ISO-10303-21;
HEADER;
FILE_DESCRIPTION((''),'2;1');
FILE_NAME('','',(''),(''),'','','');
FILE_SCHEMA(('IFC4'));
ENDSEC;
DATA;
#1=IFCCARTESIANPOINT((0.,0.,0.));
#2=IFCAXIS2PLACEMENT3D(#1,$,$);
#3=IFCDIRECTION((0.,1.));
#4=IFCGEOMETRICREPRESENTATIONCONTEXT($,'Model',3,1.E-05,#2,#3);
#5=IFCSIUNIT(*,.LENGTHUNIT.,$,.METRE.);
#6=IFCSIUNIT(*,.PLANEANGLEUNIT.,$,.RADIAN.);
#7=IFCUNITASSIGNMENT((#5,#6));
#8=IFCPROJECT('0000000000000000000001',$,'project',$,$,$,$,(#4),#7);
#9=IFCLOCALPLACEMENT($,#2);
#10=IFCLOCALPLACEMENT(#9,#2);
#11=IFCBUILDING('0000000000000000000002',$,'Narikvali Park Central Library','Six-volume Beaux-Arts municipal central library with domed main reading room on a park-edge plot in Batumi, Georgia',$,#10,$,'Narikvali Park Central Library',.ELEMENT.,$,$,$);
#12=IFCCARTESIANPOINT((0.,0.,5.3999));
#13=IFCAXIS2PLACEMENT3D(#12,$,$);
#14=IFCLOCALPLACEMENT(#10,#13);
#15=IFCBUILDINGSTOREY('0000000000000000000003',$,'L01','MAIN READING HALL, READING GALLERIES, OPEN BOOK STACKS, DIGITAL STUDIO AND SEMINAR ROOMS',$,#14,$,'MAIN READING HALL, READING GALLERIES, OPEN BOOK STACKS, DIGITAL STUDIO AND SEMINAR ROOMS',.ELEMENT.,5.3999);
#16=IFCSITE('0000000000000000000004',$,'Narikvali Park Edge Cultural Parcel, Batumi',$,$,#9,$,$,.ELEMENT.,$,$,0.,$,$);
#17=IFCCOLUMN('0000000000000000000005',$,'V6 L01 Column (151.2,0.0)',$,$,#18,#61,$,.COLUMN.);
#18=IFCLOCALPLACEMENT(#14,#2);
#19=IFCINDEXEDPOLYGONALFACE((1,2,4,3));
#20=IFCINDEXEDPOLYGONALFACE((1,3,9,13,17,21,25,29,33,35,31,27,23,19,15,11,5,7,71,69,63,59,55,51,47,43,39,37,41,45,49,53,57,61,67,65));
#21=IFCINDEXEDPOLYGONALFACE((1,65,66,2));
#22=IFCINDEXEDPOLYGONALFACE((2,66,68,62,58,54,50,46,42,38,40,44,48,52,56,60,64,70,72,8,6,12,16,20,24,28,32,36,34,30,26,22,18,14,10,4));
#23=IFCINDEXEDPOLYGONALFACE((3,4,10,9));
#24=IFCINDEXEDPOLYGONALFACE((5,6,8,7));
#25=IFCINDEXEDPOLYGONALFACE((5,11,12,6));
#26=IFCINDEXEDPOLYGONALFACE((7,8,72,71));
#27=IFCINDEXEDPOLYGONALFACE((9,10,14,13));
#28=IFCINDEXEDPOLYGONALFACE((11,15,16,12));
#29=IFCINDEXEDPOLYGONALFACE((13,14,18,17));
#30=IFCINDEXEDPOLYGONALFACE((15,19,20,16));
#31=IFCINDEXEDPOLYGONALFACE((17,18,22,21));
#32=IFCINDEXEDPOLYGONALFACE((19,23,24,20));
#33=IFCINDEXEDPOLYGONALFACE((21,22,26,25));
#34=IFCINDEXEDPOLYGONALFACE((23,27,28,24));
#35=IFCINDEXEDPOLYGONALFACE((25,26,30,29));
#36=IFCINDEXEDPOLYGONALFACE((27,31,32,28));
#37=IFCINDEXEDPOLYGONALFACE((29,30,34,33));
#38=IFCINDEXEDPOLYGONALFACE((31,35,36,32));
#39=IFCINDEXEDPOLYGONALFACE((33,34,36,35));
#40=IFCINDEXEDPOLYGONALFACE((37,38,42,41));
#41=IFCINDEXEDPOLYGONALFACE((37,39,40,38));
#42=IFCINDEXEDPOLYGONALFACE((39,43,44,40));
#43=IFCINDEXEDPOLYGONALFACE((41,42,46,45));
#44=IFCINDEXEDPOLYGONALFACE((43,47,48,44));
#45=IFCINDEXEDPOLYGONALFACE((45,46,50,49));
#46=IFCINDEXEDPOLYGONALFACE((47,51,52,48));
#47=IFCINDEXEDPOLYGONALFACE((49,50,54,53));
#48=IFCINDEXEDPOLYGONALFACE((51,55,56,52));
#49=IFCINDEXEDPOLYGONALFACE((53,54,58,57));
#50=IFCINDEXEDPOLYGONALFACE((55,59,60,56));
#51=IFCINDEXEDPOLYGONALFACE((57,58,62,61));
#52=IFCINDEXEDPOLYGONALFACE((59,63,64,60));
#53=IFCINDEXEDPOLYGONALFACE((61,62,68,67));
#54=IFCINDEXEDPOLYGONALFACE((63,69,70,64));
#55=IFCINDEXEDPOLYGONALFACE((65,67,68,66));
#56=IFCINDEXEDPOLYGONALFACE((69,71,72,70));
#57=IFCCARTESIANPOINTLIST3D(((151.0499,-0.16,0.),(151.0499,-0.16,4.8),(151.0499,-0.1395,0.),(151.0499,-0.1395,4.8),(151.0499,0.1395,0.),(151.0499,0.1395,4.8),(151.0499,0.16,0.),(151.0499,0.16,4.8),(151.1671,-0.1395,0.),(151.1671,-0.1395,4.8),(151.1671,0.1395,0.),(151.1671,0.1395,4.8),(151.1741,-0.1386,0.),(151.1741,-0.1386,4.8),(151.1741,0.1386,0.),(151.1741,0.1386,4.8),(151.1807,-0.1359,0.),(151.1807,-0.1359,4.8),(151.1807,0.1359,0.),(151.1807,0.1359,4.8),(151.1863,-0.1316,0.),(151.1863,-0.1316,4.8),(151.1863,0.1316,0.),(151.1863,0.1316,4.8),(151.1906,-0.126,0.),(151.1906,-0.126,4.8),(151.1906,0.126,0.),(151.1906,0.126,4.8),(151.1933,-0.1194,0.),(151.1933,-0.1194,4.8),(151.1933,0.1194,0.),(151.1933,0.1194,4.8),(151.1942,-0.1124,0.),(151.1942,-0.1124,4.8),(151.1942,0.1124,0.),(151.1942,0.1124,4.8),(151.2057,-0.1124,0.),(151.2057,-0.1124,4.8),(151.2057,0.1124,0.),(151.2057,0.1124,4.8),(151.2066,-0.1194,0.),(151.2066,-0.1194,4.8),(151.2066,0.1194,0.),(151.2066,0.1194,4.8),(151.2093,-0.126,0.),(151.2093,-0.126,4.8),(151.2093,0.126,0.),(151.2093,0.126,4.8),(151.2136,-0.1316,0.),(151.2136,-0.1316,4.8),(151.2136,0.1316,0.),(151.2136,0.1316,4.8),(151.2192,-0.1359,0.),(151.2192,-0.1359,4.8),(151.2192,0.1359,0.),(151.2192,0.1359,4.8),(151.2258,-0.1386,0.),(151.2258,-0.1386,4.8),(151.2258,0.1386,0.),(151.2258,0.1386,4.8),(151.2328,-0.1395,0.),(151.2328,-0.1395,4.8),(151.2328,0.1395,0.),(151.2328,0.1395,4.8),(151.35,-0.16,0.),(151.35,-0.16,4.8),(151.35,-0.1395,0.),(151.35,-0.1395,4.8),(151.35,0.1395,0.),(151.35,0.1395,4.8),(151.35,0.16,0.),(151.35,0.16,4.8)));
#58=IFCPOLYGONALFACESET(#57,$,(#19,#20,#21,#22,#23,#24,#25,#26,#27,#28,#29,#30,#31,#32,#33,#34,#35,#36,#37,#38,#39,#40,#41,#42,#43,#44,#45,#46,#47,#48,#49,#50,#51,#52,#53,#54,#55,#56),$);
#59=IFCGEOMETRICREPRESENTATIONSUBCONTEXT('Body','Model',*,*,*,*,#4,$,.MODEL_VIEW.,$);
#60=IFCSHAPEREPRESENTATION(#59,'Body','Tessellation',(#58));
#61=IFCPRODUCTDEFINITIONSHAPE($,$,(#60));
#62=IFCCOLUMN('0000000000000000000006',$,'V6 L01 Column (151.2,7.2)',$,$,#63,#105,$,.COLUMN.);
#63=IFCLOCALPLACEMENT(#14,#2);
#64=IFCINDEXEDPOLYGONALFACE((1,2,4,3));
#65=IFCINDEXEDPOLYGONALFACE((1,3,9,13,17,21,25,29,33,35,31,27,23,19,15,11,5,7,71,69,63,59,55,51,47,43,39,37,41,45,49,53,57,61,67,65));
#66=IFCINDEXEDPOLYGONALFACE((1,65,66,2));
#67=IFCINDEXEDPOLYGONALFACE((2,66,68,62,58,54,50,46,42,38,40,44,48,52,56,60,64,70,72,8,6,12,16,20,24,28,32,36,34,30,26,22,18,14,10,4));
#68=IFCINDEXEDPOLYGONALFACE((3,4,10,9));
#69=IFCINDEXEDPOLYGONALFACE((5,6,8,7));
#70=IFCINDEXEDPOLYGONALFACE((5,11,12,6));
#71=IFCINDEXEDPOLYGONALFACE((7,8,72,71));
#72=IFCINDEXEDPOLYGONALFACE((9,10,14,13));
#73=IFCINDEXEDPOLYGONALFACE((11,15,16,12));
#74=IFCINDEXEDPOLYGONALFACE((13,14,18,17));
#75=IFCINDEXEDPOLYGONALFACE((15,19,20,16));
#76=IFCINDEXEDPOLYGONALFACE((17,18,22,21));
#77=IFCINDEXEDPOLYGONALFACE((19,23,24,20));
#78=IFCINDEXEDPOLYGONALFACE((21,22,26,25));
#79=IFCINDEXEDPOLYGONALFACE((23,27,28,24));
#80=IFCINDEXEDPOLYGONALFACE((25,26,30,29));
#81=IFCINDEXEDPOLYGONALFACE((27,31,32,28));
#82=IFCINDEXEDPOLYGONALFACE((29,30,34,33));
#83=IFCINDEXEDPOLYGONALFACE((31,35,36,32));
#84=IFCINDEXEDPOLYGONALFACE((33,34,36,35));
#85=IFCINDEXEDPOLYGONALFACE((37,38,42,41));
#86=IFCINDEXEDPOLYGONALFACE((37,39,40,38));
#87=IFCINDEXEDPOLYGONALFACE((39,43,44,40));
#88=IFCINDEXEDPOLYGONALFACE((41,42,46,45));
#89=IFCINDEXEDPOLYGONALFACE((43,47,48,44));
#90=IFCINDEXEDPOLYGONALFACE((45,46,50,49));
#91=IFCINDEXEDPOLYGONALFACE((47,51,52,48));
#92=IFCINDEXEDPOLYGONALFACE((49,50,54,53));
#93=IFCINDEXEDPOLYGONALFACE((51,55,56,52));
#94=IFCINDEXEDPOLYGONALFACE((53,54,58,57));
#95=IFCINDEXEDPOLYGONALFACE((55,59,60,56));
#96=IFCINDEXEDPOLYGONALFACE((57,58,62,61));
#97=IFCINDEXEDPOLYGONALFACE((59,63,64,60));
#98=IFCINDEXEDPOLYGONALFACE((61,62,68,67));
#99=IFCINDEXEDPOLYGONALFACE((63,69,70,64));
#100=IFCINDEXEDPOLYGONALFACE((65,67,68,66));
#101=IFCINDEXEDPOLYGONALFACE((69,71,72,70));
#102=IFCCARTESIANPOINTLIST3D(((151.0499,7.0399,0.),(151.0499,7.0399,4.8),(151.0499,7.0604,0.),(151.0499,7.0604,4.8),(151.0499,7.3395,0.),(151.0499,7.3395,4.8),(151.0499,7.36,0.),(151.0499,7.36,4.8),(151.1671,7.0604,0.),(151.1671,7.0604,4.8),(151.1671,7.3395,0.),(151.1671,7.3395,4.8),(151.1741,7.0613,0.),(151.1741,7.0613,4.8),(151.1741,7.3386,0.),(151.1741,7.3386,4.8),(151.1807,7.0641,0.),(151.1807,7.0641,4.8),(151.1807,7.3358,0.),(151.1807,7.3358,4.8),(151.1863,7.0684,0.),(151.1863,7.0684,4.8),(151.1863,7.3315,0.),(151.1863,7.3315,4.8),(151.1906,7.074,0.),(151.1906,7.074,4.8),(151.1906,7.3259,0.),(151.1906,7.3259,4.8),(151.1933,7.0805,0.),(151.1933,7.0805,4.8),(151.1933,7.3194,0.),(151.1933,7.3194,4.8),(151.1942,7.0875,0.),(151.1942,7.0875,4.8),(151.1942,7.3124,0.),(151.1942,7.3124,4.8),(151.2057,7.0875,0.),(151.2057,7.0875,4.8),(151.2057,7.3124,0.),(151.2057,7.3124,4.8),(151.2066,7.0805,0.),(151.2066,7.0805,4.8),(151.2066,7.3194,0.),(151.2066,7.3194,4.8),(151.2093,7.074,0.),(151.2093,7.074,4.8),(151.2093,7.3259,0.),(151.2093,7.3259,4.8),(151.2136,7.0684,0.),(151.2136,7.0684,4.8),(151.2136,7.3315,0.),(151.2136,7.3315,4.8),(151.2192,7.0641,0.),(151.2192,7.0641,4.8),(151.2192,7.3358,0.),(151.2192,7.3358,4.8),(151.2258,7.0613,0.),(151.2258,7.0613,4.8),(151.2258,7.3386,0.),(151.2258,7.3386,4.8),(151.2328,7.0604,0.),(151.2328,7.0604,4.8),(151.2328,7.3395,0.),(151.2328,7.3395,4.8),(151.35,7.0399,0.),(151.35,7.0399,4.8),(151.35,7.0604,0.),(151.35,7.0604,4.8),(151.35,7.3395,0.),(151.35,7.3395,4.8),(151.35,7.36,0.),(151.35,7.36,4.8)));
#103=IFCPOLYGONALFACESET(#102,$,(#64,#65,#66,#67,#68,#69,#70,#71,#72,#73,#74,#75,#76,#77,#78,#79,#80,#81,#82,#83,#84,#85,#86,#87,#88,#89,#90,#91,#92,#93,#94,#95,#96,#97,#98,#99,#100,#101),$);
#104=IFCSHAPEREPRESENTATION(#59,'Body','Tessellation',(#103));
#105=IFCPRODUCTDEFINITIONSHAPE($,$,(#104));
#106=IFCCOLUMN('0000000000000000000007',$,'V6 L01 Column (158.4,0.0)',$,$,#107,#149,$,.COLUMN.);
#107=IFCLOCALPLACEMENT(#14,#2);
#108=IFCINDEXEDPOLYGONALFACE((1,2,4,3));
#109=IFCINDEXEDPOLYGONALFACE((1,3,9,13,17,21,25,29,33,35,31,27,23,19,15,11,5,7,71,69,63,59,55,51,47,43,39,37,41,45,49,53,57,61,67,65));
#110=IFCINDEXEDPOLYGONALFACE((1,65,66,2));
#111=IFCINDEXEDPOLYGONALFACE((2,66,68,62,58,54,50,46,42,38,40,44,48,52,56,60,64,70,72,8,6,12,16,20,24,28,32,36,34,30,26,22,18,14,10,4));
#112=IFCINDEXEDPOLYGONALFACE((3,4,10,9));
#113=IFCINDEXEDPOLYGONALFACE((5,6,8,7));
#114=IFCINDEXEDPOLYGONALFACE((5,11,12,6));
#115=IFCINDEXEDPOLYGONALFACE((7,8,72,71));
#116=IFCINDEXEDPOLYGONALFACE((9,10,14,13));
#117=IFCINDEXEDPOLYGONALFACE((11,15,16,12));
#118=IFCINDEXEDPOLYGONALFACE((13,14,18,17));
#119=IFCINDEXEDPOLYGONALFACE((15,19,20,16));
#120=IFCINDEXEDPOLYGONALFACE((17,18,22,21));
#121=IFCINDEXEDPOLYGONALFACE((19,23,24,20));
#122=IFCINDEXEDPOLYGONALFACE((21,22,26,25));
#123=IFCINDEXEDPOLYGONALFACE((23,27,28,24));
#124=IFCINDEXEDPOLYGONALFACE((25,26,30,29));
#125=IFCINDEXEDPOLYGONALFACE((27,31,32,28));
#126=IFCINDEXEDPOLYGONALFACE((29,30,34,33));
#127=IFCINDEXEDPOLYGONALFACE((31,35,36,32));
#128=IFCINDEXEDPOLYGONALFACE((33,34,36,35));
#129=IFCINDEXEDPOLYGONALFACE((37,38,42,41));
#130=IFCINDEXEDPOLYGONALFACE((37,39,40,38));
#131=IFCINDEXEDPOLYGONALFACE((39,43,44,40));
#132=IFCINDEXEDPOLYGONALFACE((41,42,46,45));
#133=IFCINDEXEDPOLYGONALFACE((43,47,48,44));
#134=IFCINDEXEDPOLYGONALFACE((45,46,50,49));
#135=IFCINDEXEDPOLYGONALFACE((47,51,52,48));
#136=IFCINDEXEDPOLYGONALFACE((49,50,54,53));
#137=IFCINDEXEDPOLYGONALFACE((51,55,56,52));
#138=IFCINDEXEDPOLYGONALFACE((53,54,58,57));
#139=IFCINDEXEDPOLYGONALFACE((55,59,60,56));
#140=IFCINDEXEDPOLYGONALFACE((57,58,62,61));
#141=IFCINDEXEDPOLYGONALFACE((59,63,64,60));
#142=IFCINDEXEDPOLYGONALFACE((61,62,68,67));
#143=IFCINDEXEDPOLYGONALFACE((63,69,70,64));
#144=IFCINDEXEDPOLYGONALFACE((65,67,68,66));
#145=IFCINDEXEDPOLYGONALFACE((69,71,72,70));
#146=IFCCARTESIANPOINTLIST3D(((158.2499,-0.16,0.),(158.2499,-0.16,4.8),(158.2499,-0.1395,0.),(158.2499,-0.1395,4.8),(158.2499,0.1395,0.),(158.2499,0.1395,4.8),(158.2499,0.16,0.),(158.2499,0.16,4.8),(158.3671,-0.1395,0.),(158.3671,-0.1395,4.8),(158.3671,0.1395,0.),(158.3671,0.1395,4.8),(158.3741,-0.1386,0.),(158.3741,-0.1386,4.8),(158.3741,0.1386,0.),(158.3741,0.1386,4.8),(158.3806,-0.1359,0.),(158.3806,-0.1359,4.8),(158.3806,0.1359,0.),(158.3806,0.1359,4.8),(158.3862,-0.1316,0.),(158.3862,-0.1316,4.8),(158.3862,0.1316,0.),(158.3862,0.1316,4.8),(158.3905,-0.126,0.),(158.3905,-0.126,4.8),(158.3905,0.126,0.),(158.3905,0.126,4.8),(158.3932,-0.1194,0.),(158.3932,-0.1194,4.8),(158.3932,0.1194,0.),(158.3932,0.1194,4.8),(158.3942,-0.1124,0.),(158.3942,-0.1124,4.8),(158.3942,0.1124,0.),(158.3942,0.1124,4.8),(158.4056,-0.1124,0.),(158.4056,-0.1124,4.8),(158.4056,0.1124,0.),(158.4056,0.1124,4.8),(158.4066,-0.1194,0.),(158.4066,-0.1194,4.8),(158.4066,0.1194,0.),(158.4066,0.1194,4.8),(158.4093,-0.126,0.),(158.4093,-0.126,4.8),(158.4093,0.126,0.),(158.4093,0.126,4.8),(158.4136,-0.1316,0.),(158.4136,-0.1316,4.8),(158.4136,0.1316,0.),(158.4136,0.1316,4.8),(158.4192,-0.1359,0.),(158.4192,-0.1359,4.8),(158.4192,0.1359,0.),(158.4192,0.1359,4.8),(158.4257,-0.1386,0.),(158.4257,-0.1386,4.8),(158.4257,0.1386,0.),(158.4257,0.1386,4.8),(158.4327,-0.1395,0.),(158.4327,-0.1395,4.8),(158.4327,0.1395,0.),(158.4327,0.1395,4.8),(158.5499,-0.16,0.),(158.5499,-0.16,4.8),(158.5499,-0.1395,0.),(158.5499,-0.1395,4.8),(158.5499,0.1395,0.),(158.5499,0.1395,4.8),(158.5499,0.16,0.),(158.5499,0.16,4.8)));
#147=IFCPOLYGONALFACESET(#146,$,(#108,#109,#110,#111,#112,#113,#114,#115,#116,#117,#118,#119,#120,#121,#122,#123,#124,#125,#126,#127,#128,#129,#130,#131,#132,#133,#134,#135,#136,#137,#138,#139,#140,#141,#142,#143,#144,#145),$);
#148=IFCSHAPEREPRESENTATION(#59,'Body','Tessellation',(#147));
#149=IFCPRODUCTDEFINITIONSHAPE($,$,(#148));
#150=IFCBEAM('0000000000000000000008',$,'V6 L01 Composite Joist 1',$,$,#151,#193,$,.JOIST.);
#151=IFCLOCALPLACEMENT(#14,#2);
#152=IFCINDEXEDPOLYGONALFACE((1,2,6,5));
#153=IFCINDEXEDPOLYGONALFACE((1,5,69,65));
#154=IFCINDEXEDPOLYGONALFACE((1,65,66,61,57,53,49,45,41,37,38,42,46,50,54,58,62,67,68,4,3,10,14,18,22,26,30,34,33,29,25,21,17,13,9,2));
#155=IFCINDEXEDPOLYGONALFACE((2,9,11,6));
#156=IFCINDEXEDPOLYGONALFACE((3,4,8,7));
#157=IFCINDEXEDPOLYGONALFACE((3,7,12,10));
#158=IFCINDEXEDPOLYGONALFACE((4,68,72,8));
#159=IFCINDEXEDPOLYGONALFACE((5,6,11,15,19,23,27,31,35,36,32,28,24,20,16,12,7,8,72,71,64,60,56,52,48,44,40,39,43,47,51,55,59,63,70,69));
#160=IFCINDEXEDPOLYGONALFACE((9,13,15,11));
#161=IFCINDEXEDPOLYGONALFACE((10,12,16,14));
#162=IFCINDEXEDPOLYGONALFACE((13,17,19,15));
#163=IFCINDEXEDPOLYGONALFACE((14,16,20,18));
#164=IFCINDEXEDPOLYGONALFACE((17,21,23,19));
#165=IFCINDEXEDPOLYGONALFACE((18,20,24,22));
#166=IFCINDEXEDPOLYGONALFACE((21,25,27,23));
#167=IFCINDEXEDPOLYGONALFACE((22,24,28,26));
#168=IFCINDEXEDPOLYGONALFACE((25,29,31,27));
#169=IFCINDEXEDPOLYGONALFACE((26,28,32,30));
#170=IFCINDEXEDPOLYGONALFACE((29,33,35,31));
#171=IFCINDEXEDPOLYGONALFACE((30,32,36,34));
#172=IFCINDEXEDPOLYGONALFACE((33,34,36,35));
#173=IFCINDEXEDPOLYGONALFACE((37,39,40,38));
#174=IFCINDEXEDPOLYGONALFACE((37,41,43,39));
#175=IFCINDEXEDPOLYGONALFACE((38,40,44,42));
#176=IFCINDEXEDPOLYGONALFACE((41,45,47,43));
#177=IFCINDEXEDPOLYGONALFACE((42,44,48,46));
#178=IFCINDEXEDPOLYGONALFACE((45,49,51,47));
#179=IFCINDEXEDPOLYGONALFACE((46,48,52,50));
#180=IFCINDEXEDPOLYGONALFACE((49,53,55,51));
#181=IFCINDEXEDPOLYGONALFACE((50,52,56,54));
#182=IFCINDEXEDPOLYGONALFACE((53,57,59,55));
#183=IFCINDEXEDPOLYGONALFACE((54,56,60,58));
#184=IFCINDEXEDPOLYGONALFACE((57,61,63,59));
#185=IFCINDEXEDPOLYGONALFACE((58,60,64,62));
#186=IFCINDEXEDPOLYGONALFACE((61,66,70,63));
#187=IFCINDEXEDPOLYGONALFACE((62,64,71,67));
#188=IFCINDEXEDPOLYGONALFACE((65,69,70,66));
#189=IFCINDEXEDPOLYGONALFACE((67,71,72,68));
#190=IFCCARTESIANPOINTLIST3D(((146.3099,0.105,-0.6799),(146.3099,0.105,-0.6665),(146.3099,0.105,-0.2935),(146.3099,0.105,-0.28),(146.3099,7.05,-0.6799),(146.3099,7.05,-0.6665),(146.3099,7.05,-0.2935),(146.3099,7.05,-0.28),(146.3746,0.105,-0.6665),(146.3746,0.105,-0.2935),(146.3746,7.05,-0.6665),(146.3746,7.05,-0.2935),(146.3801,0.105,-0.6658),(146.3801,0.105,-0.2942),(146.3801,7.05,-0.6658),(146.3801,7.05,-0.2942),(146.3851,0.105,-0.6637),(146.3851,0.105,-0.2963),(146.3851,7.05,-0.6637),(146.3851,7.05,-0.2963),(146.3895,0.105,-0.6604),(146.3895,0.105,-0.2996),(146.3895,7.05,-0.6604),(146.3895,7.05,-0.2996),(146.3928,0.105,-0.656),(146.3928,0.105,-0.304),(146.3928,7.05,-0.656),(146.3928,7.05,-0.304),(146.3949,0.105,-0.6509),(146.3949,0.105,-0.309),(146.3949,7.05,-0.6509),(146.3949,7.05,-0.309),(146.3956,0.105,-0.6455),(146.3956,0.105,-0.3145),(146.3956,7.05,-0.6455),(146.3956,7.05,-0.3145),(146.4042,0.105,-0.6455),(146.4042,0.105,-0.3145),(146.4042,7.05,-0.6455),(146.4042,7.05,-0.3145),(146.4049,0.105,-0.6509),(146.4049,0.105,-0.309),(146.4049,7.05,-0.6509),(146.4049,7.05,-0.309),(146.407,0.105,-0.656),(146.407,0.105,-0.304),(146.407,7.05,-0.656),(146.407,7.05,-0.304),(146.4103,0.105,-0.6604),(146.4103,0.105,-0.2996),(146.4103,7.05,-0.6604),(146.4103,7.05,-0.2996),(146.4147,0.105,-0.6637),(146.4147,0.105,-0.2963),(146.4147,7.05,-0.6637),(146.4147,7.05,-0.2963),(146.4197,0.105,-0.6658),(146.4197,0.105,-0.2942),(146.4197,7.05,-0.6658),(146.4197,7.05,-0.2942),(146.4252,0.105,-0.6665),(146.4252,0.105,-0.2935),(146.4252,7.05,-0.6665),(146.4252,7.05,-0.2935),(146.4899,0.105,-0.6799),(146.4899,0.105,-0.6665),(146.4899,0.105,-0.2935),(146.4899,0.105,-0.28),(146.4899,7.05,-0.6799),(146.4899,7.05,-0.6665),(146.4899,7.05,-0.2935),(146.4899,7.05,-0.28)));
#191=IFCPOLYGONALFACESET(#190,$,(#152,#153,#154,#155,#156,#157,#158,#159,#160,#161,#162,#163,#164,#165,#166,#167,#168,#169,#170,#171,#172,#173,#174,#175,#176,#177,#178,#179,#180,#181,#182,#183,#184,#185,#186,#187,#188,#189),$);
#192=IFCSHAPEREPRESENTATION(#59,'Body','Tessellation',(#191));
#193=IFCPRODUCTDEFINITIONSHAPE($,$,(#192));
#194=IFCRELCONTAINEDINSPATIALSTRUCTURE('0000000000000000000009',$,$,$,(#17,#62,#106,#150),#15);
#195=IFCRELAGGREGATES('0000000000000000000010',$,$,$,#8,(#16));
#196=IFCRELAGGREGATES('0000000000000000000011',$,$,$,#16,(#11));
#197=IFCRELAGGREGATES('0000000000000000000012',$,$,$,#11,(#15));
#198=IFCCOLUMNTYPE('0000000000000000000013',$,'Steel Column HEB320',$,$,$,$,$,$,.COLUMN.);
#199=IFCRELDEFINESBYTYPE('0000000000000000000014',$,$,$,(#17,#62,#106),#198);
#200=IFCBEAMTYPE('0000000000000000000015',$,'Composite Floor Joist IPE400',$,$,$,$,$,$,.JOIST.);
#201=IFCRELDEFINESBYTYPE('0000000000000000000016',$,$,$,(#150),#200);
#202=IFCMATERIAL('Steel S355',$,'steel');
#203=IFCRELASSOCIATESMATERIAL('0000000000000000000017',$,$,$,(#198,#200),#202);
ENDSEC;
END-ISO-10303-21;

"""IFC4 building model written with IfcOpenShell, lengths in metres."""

from ifc_helpers import new_model, si_unit, direction, frame, origin, origin_2d, place, context, subcontext, project, spatial, i_section, extrude, material, material_profile, profile_set, type_object, element, save


model = new_model("IFC4")

# Units and contexts
model_context = context("Model", 3, precision=1e-05, world=origin(), true_north=direction((0.0, 1.0)))
body_context = subcontext(model_context, "Body", "Model", "MODEL_VIEW")
ifc_project = project(units=[si_unit("LENGTHUNIT", "METRE"), si_unit("PLANEANGLEUNIT", "RADIAN")], contexts=[model_context])

# Site, building, storey
site_placement = place(None, origin())
site = spatial("IfcSite", under=ifc_project, at=site_placement, Name="Narikvali Park Edge Cultural Parcel, Batumi", CompositionType="ELEMENT", RefElevation=0.0)
building_placement = place(site_placement, origin())
building = spatial("IfcBuilding", under=site, at=building_placement, Name="Narikvali Park Central Library", Description="Six-volume Beaux-Arts municipal central library with domed main reading room on a park-edge plot in Batumi, Georgia", LongName="Narikvali Park Central Library", CompositionType="ELEMENT")
storey_placement = place(building_placement, frame((0.0, 0.0, 5.3999)))
storey = spatial("IfcBuildingStorey", under=building, at=storey_placement, Name="L01", Description="MAIN READING HALL, READING GALLERIES, OPEN BOOK STACKS, DIGITAL STUDIO AND SEMINAR ROOMS", LongName="MAIN READING HALL, READING GALLERIES, OPEN BOOK STACKS, DIGITAL STUDIO AND SEMINAR ROOMS", CompositionType="ELEMENT", Elevation=5.3999)

# Columns
ifc_material_1 = material(Name="Steel S355", Category="steel")
ifc_material_profile_1 = material_profile(ifc_material_1, i_section(OverallWidth=0.3, OverallDepth=0.3201, WebThickness=0.0115, FlangeThickness=0.0205, FilletRadius=0.0271, at=origin_2d()), Name="HEB 320")
ifc_profile_set_1 = profile_set([ifc_material_profile_1], Name="Steel S355")
column_type = type_object("IfcColumnType", Name="Steel Column HEB320", PredefinedType="COLUMN", material=ifc_profile_set_1)
for number, where, z_axis, x_axis, name in (
    (1, (151.2, 0.0, 0.0), (0.0, 0.0, 1.0), (1.0, 0.0, 0.0), "V6 L01 Column (151.2,0.0)"),
    (2, (151.2, 7.2, 0.0), (0.0, 0.0, 1.0), (1.0, 0.0, 0.0), "V6 L01 Column (151.2,7.2)"),
    (3, (158.3999, 0.0, 0.0), (0.0, 0.0, 1.0), (1.0, 0.0, 0.0), "V6 L01 Column (158.4,0.0)"),
):
    element("IfcColumn", number, at=place(storey_placement, frame(where, z_axis=z_axis, x_axis=x_axis)), inside=storey, type_object=column_type, Name=name, PredefinedType="COLUMN", context=body_context, shape_type="SweptSolid", body=[
        extrude(i_section(OverallWidth=0.3, OverallDepth=0.3201, WebThickness=0.0115, FlangeThickness=0.0205, FilletRadius=0.0271, at=origin_2d()), origin(), (0.0, 0.0, 1.0), 4.8),
    ])

# Beam
ifc_material_profile_2 = material_profile(ifc_material_1, i_section(OverallWidth=0.1799, OverallDepth=0.3999, WebThickness=0.0085, FlangeThickness=0.0134, FilletRadius=0.021, at=origin_2d()), Name="IPE 400")
ifc_profile_set_2 = profile_set([ifc_material_profile_2], Name="Steel S355")
beam_type_1 = type_object("IfcBeamType", Name="Composite Floor Joist IPE400", PredefinedType="JOIST", material=ifc_profile_set_2)
for number, where, z_axis, x_axis, name in (
    (4, (146.3999, 0.105, -0.48), (0.0, 1.0, 0.0), (-1.0, 0.0, 0.0), "V6 L01 Composite Joist 1"),
):
    element("IfcBeam", number, at=place(storey_placement, frame(where, z_axis=z_axis, x_axis=x_axis)), inside=storey, type_object=beam_type_1, Name=name, PredefinedType="JOIST", context=body_context, shape_type="SweptSolid", body=[
        extrude(i_section(OverallWidth=0.1799, OverallDepth=0.3999, WebThickness=0.0085, FlangeThickness=0.0134, FilletRadius=0.021, at=origin_2d()), origin(), (0.0, 0.0, 1.0), 6.9451),
    ])

save(model, "model.ifc")
